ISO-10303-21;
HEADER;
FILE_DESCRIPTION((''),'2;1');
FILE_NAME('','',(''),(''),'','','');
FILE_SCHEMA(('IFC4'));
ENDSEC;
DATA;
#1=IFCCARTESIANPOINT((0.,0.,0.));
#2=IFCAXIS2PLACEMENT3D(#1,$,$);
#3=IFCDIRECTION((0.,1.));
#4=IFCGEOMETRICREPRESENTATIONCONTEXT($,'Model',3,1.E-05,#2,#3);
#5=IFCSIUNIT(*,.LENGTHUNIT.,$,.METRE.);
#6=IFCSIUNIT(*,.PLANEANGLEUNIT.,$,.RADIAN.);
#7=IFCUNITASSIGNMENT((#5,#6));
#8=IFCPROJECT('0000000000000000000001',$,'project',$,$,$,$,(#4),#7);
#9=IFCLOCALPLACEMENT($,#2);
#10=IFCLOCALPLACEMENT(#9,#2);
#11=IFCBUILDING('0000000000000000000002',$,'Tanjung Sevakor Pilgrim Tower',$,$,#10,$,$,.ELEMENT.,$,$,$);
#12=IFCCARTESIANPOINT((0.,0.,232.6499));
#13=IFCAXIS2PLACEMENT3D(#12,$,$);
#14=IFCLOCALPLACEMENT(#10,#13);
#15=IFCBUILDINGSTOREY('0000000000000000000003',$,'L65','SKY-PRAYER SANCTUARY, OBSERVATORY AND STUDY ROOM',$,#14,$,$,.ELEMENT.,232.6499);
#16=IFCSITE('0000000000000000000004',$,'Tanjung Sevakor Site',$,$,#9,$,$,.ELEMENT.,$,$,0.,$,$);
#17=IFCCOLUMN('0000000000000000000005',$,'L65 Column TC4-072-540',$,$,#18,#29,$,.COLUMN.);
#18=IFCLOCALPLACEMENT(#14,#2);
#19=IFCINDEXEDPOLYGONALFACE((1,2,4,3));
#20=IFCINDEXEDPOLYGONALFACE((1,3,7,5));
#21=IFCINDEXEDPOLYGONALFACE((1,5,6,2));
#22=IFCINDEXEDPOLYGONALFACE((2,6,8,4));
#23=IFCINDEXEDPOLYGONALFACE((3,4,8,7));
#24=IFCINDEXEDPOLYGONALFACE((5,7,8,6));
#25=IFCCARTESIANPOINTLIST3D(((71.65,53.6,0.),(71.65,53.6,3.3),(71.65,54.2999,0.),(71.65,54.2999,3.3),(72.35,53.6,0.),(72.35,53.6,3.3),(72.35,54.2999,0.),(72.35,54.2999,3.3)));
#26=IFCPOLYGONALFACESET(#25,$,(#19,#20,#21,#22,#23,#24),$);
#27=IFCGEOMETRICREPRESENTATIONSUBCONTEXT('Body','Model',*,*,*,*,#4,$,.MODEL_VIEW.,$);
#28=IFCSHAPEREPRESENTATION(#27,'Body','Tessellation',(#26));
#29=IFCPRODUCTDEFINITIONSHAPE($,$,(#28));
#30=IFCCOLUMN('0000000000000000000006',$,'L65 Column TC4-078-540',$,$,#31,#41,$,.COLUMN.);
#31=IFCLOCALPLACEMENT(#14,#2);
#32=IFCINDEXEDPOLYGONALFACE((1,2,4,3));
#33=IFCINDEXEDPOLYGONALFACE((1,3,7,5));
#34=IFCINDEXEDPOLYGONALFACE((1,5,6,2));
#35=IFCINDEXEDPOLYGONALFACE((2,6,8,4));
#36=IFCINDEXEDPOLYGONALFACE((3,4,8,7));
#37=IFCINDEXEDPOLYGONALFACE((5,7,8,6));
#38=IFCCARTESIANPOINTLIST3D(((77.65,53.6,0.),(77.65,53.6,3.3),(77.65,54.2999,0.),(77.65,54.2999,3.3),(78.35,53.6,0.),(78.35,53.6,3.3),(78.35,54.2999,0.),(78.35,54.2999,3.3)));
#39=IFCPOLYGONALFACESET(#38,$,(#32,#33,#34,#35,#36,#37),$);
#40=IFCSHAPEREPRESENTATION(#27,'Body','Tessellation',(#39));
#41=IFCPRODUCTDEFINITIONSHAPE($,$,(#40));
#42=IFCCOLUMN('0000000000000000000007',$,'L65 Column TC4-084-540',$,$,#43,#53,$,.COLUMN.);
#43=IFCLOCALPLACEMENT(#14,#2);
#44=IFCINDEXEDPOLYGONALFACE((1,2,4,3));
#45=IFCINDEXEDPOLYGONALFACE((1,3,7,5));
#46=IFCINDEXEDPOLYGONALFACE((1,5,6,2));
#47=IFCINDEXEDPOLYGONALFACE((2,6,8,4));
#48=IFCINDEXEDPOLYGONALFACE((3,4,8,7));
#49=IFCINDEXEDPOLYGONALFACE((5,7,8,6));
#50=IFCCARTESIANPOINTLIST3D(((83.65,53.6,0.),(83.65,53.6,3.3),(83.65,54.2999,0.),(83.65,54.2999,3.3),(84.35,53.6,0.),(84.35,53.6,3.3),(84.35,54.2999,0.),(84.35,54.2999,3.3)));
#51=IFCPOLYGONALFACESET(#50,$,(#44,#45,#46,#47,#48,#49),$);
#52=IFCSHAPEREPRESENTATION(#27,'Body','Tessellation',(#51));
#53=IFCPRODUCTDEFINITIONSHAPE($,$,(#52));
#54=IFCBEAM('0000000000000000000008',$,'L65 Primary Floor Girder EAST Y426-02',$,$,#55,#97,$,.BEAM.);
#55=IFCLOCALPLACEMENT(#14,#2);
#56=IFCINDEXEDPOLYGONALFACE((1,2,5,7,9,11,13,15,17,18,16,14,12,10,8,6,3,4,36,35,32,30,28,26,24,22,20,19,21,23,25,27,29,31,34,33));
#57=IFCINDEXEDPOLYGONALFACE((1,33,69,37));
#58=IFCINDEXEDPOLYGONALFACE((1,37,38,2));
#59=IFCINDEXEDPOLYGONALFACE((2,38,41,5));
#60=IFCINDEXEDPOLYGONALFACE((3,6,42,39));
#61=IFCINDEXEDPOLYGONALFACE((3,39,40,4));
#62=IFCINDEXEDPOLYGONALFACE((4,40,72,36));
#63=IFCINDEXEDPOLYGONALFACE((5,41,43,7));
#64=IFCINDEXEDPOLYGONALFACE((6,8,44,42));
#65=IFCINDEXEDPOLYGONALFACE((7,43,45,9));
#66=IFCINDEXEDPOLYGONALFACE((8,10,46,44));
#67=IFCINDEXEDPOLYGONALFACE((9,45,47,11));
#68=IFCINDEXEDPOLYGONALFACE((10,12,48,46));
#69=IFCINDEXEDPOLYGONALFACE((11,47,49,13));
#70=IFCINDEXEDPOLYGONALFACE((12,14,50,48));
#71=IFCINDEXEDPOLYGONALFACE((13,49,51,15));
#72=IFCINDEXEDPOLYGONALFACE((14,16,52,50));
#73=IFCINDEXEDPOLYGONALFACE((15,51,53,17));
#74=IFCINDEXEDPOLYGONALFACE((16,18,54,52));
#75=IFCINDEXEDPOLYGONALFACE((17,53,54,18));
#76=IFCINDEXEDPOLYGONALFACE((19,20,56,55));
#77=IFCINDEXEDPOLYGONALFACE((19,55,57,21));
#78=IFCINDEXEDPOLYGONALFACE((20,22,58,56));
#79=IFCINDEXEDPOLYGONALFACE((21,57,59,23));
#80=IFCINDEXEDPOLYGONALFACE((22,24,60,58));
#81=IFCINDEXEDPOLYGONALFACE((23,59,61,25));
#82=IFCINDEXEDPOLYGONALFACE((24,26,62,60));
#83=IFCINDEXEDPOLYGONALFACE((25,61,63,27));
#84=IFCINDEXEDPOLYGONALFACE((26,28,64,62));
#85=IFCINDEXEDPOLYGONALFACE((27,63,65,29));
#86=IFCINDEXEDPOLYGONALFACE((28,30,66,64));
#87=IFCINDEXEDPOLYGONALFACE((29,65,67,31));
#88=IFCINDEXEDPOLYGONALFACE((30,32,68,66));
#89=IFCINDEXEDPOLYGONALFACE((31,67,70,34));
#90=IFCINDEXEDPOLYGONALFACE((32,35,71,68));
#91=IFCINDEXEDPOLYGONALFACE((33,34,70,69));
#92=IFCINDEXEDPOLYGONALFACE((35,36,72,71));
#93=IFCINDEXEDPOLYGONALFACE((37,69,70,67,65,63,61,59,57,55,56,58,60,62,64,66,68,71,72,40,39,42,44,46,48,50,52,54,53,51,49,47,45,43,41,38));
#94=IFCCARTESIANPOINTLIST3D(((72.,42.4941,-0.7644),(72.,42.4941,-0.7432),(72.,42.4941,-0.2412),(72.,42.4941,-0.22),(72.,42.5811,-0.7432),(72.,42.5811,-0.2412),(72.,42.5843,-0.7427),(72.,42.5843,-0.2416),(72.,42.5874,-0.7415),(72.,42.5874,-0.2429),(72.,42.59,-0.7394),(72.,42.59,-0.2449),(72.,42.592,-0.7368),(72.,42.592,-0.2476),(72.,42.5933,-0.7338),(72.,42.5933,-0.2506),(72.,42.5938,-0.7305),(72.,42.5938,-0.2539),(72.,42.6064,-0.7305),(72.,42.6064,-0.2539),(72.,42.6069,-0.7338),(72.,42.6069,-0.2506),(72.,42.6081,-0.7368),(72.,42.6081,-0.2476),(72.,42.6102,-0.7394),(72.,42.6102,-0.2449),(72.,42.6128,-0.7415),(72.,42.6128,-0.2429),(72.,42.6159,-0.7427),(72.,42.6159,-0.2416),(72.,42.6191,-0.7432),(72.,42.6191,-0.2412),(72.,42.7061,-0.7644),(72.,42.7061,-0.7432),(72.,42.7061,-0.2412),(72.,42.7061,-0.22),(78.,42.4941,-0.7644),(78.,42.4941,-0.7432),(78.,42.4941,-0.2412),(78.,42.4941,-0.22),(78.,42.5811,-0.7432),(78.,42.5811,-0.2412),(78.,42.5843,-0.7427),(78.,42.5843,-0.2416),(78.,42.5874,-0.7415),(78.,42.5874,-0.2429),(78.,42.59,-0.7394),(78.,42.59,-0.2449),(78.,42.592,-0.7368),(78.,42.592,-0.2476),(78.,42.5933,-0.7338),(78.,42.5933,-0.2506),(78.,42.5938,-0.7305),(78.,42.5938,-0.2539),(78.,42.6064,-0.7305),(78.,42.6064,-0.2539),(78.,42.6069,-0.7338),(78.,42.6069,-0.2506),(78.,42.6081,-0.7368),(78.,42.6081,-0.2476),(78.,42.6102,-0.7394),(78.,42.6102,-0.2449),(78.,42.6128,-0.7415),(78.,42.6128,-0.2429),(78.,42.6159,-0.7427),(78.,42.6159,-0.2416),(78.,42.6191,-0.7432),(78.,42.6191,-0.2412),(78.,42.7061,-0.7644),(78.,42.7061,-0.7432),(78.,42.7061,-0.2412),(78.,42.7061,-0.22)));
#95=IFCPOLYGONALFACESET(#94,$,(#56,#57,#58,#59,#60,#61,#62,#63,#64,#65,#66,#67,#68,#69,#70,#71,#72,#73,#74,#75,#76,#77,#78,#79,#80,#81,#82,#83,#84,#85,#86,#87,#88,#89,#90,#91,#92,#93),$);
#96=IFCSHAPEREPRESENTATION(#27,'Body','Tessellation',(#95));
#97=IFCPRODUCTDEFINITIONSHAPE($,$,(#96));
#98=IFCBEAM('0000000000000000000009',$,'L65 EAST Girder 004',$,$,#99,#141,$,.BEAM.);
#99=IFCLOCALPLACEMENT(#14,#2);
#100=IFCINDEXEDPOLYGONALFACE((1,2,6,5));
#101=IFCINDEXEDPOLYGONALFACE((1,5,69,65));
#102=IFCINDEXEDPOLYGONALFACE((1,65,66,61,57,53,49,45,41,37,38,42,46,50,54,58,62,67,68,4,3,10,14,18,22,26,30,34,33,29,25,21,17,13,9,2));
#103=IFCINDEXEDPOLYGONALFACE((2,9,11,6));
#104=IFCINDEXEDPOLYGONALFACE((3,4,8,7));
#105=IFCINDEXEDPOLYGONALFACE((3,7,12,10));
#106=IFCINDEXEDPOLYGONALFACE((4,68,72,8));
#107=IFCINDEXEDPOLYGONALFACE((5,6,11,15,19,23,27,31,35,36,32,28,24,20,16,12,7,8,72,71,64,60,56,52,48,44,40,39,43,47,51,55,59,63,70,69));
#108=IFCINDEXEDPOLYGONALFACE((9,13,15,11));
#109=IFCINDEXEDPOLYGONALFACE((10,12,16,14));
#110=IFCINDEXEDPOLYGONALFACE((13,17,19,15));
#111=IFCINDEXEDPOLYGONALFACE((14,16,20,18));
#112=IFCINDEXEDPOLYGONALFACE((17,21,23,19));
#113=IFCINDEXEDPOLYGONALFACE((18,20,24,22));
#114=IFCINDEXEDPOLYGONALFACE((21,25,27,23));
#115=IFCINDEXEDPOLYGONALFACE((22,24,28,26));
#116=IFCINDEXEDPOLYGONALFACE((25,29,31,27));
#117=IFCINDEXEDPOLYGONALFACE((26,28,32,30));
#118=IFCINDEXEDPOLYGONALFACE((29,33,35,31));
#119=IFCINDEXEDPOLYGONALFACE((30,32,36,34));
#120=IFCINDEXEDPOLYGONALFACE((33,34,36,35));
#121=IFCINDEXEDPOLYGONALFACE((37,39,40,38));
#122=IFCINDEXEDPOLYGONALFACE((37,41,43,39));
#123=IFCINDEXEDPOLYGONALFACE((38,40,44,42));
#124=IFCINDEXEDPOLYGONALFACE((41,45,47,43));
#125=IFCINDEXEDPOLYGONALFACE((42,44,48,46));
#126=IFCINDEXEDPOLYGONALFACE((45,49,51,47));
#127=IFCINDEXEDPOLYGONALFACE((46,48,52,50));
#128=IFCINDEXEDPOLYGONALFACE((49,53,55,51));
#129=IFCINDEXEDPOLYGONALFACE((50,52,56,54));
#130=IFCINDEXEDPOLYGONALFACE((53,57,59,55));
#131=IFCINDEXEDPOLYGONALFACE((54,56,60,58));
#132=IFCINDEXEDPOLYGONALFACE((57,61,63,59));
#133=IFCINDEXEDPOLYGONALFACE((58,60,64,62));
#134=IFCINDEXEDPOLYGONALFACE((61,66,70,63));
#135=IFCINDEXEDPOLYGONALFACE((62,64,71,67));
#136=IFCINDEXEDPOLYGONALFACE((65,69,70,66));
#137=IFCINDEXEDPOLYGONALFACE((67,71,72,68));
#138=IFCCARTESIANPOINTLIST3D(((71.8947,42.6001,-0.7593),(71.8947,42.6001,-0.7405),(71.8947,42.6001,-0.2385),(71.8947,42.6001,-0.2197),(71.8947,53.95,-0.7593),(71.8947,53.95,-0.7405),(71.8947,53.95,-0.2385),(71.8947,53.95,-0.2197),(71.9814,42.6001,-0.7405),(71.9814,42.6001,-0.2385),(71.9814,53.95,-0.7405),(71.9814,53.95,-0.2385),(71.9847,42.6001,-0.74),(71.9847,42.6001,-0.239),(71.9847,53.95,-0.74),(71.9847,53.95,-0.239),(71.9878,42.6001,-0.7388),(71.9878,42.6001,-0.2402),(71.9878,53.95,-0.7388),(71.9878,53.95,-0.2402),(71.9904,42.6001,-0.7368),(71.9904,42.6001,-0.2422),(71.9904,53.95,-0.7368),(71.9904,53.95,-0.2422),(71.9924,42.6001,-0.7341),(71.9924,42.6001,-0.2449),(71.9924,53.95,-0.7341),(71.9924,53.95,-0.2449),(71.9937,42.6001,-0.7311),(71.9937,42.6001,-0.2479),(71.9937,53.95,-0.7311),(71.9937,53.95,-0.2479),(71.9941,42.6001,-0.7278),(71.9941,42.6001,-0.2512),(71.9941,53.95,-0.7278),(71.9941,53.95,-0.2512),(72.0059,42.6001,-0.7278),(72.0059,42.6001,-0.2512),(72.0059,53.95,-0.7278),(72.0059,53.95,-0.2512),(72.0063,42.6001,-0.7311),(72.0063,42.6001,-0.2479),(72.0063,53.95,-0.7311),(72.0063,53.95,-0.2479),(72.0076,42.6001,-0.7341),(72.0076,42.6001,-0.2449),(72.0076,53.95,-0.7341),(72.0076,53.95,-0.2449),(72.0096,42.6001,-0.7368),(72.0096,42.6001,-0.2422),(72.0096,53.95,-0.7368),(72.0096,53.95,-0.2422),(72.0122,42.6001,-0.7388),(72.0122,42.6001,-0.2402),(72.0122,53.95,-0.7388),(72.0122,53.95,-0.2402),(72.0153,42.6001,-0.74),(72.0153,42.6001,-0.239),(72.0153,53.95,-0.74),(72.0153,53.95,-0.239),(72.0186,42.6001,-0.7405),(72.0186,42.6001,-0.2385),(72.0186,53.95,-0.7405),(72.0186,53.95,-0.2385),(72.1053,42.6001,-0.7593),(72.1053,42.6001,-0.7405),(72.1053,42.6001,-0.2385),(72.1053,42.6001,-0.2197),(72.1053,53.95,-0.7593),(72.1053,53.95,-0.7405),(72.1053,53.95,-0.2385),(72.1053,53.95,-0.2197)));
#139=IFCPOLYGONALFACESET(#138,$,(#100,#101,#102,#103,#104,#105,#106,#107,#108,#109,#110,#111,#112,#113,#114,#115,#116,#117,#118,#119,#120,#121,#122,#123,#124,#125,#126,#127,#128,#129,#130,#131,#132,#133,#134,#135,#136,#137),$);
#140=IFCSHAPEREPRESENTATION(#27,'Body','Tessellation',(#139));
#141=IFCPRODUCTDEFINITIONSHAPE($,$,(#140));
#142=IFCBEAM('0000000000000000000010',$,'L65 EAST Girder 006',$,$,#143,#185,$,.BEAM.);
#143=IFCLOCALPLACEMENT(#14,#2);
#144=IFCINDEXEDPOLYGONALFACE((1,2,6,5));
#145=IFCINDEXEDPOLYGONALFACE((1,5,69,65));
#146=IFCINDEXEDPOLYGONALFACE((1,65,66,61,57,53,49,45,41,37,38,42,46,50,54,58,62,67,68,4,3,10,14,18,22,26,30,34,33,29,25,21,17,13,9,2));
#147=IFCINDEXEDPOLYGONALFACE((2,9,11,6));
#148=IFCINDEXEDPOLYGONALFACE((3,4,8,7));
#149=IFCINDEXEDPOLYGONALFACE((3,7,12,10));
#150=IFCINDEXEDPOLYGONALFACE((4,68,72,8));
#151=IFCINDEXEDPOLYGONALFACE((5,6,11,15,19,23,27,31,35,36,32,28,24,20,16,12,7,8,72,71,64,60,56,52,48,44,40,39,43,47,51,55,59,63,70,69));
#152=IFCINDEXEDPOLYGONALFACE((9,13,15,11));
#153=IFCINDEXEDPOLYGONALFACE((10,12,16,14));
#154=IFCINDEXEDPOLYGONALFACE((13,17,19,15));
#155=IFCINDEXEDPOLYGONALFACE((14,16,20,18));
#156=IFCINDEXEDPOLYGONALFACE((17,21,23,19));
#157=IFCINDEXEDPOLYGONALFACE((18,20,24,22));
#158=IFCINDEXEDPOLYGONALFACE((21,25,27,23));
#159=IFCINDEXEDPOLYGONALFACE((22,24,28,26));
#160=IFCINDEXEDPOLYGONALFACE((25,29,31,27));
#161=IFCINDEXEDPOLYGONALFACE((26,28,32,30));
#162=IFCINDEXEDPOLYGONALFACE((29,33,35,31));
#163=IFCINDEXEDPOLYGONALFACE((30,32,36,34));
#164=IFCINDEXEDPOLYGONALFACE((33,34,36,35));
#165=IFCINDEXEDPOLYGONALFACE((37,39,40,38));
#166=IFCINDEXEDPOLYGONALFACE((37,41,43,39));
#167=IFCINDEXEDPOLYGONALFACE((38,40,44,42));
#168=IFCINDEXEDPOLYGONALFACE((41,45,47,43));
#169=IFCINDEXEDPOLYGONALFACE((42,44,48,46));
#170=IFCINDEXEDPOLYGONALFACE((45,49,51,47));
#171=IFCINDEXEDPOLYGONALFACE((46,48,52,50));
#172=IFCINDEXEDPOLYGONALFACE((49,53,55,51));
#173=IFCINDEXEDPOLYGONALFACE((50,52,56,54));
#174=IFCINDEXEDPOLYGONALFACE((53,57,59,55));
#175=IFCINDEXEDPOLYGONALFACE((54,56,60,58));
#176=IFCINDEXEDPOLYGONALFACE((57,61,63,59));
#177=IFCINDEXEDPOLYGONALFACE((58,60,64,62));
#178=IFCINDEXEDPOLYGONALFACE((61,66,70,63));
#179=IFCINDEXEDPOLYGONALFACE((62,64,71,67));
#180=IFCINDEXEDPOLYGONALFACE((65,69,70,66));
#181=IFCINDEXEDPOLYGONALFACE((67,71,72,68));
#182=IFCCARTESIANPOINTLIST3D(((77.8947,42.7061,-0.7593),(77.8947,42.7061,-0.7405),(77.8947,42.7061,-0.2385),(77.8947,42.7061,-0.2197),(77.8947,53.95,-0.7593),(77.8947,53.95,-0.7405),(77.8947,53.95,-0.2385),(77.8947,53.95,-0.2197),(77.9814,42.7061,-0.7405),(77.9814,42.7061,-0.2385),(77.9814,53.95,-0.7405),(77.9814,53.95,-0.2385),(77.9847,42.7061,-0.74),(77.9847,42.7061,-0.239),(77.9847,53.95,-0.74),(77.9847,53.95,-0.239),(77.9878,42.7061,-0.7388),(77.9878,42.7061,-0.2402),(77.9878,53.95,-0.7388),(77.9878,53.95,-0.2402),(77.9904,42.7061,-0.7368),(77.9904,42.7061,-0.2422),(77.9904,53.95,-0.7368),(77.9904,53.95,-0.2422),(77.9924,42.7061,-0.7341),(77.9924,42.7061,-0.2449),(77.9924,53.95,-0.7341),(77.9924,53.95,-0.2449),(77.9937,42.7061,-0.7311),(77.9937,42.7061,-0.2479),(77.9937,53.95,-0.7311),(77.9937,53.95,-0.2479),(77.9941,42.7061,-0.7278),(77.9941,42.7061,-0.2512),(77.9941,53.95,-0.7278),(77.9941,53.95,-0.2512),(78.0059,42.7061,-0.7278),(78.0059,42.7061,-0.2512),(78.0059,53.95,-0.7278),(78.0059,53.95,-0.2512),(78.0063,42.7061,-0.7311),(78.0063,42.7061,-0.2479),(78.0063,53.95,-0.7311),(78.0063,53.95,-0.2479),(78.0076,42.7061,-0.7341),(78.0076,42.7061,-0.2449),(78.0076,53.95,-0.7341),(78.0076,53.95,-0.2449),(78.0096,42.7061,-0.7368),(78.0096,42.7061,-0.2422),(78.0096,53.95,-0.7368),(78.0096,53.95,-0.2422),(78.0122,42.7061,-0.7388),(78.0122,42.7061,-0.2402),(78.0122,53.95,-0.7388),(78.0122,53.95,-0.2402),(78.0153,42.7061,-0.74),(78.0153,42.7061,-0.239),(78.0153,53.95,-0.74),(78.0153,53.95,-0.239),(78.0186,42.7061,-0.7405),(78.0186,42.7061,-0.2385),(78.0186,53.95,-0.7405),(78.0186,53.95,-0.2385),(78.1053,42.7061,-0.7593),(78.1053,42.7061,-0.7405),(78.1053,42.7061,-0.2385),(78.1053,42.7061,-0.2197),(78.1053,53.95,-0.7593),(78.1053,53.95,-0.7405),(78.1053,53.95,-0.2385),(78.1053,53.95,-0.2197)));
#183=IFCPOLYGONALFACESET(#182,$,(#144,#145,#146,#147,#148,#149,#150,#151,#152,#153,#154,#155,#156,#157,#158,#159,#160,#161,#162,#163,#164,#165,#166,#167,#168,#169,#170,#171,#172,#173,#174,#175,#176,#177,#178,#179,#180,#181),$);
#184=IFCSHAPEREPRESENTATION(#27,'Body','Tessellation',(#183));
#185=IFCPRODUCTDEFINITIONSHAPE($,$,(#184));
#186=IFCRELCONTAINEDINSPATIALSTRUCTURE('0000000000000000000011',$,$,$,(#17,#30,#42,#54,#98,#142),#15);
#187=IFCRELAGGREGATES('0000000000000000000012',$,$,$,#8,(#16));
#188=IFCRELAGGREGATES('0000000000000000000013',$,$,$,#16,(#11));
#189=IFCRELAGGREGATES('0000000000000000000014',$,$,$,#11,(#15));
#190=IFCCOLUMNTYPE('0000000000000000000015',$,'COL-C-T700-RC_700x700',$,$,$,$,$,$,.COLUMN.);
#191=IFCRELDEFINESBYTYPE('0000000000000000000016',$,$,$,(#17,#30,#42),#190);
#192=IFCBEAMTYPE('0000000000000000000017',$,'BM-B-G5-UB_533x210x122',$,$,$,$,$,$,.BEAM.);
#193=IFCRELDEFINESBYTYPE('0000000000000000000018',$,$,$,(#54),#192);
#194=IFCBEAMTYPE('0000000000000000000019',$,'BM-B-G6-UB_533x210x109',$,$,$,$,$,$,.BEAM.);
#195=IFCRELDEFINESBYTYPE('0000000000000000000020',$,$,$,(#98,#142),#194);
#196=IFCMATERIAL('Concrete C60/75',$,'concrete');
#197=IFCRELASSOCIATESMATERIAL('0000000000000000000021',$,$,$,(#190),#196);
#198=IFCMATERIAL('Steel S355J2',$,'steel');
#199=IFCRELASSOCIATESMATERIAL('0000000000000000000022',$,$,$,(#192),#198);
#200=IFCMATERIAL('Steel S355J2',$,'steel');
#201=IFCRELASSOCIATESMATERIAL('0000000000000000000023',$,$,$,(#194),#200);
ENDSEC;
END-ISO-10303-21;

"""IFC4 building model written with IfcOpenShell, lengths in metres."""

from ifc_helpers import new_model, si_unit, direction, frame, origin, origin_2d, place, context, subcontext, project, spatial, rectangle, i_section, extrude, material, material_profile, profile_set, type_object, element, save


model = new_model("IFC4")

# Units and contexts
model_context = context("Model", 3, precision=1e-05, world=origin(), true_north=direction((0.0, 1.0)))
body_context = subcontext(model_context, "Body", "Model", "MODEL_VIEW")
ifc_project = project(units=[si_unit("LENGTHUNIT", "METRE"), si_unit("PLANEANGLEUNIT", "RADIAN")], contexts=[model_context])

# Site, building, storey
site_placement = place(None, origin())
site = spatial("IfcSite", under=ifc_project, at=site_placement, Name="Tanjung Sevakor Site", CompositionType="ELEMENT", RefElevation=0.0)
building_placement = place(site_placement, origin())
building = spatial("IfcBuilding", under=site, at=building_placement, Name="Tanjung Sevakor Pilgrim Tower", CompositionType="ELEMENT")
storey_placement = place(building_placement, frame((0.0, 0.0, 232.6499)))
storey = spatial("IfcBuildingStorey", under=building, at=storey_placement, Name="L65", Description="SKY-PRAYER SANCTUARY, OBSERVATORY AND STUDY ROOM", CompositionType="ELEMENT", Elevation=232.6499)

# Columns
ifc_material_1 = material(Name="Concrete C60/75", Category="concrete")
ifc_material_profile_1 = material_profile(ifc_material_1, rectangle(XDim=0.7, YDim=0.7, at=origin_2d()))
ifc_profile_set_1 = profile_set([ifc_material_profile_1], Name="Concrete C60/75")
column_type = type_object("IfcColumnType", Name="COL-C-T700-RC_700x700", PredefinedType="COLUMN", material=ifc_profile_set_1)
for number, where, z_axis, x_axis, name in (
    (1, (72.0, 53.95, 0.0), (0.0, 0.0, 1.0), (1.0, 0.0, 0.0), "L65 Column TC4-072-540"),
    (2, (78.0, 53.95, 0.0), (0.0, 0.0, 1.0), (1.0, 0.0, 0.0), "L65 Column TC4-078-540"),
    (3, (84.0, 53.95, 0.0), (0.0, 0.0, 1.0), (1.0, 0.0, 0.0), "L65 Column TC4-084-540"),
):
    element("IfcColumn", number, at=place(storey_placement, frame(where, z_axis=z_axis, x_axis=x_axis)), inside=storey, type_object=column_type, Name=name, PredefinedType="COLUMN", context=body_context, shape_type="SweptSolid", body=[
        extrude(rectangle(XDim=0.7, YDim=0.7, at=origin_2d()), origin(), (0.0, 0.0, 1.0), 3.3),
    ])

# Beams
ifc_material_2 = material(Name="Steel S355J2", Category="steel")
ifc_material_profile_2 = material_profile(ifc_material_2, i_section(OverallWidth=0.2119, OverallDepth=0.5444, WebThickness=0.0127, FlangeThickness=0.0212, FilletRadius=0.0127, at=origin_2d()))
ifc_profile_set_2 = profile_set([ifc_material_profile_2], Name="Steel S355J2")
beam_type_1 = type_object("IfcBeamType", Name="BM-B-G5-UB_533x210x122", PredefinedType="BEAM", material=ifc_profile_set_2)
beam_1_placement = place(storey_placement, frame((72.0, 42.6001, -0.4922), z_axis=(1.0, 0.0, 0.0), x_axis=(0.0, 1.0, 0.0)))
element("IfcBeam", 4, at=beam_1_placement, inside=storey, type_object=beam_type_1, Name="L65 Primary Floor Girder EAST Y426-02", PredefinedType="BEAM", context=body_context, shape_type="SweptSolid", body=[
    extrude(i_section(OverallWidth=0.2119, OverallDepth=0.5444, WebThickness=0.0127, FlangeThickness=0.0212, FilletRadius=0.0127, at=origin_2d()), origin(), (0.0, 0.0, 1.0), 6.0),
])
ifc_material_3 = material(Name="Steel S355J2", Category="steel")
ifc_material_profile_3 = material_profile(ifc_material_3, i_section(OverallWidth=0.2107, OverallDepth=0.5396, WebThickness=0.0117, FlangeThickness=0.0188, FilletRadius=0.0127, at=origin_2d()))
ifc_profile_set_3 = profile_set([ifc_material_profile_3], Name="Steel S355J2")
beam_type_2 = type_object("IfcBeamType", Name="BM-B-G6-UB_533x210x109", PredefinedType="BEAM", material=ifc_profile_set_3)
beam_2_placement = place(storey_placement, frame((72.0, 42.6001, -0.4895), z_axis=(0.0, 1.0, 0.0), x_axis=(-1.0, 0.0, 0.0)))
element("IfcBeam", 5, at=beam_2_placement, inside=storey, type_object=beam_type_2, Name="L65 EAST Girder 004", PredefinedType="BEAM", context=body_context, shape_type="SweptSolid", body=[
    extrude(i_section(OverallWidth=0.2107, OverallDepth=0.5396, WebThickness=0.0117, FlangeThickness=0.0188, FilletRadius=0.0127, at=origin_2d()), origin(), (0.0, 0.0, 1.0), 11.3499),
])
for number, where, z_axis, x_axis, name in (
    (6, (78.0, 42.7061, -0.4895), (0.0, 1.0, 0.0), (-1.0, 0.0, 0.0), "L65 EAST Girder 006"),
):
    element("IfcBeam", number, at=place(storey_placement, frame(where, z_axis=z_axis, x_axis=x_axis)), inside=storey, type_object=beam_type_2, Name=name, PredefinedType="BEAM", context=body_context, shape_type="SweptSolid", body=[
        extrude(i_section(OverallWidth=0.2107, OverallDepth=0.5396, WebThickness=0.0117, FlangeThickness=0.0188, FilletRadius=0.0127, at=origin_2d()), origin(), (0.0, 0.0, 1.0), 11.2439),
    ])

save(model, "model.ifc")
